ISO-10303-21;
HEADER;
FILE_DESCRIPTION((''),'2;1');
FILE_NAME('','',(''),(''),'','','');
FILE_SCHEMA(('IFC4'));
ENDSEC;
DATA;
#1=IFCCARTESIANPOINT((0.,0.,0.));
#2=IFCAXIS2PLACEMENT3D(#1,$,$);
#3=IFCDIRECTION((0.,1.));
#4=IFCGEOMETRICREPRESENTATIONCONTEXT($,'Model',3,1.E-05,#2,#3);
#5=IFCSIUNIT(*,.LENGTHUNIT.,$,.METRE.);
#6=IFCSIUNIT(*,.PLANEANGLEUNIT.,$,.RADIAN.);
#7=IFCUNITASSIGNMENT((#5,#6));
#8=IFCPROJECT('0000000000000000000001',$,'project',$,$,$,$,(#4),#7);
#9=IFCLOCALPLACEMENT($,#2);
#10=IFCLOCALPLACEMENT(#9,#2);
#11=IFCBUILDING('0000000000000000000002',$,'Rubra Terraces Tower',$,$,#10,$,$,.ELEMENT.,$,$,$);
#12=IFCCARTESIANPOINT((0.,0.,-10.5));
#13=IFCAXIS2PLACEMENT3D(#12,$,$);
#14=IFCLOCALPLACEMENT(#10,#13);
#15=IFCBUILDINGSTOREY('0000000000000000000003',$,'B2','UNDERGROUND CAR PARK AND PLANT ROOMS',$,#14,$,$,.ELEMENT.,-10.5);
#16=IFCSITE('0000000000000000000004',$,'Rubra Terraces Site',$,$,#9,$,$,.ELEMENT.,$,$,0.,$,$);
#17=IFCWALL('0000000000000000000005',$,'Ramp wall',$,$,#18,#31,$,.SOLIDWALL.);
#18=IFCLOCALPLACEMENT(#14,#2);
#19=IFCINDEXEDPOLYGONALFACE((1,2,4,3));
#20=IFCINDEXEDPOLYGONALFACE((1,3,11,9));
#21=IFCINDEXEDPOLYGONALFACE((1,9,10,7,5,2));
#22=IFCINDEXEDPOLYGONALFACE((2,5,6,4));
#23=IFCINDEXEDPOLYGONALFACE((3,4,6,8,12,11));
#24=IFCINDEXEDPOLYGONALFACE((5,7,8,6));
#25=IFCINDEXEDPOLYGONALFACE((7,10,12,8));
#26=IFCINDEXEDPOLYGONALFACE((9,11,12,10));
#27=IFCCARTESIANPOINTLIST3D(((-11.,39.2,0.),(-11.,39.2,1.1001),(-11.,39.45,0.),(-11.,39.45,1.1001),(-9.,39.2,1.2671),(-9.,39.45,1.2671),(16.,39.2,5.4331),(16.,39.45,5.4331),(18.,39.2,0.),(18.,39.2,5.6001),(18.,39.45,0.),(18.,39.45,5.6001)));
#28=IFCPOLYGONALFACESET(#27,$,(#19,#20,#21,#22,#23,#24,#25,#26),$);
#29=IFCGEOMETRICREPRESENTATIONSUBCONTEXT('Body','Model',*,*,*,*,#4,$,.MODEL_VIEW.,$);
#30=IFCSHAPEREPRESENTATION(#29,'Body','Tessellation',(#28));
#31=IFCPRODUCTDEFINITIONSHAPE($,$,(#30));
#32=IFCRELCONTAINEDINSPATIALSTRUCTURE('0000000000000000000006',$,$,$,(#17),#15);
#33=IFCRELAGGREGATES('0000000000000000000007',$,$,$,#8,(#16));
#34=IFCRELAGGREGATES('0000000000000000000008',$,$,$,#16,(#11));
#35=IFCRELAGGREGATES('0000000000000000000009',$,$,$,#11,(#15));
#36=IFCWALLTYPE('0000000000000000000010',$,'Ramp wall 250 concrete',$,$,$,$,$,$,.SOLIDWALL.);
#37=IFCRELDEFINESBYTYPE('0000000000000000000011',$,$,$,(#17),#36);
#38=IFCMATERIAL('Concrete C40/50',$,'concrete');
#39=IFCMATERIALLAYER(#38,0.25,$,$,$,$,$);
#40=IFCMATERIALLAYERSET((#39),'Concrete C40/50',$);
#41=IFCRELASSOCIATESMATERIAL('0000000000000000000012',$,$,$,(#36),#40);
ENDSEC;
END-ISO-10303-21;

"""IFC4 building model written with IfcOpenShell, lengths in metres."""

from ifc_helpers import new_model, si_unit, direction, frame, origin, place, context, subcontext, project, spatial, polyline, outline, extrude, material, layer, layer_set, type_object, element, save


model = new_model("IFC4")

# Units and contexts
model_context = context("Model", 3, precision=1e-05, world=origin(), true_north=direction((0.0, 1.0)))
body_context = subcontext(model_context, "Body", "Model", "MODEL_VIEW")
ifc_project = project(units=[si_unit("LENGTHUNIT", "METRE"), si_unit("PLANEANGLEUNIT", "RADIAN")], contexts=[model_context])

# Site, building, storey
site_placement = place(None, origin())
site = spatial("IfcSite", under=ifc_project, at=site_placement, Name="Rubra Terraces Site", CompositionType="ELEMENT", RefElevation=0.0)
building_placement = place(site_placement, origin())
building = spatial("IfcBuilding", under=site, at=building_placement, Name="Rubra Terraces Tower", CompositionType="ELEMENT")
storey_placement = place(building_placement, frame((0.0, 0.0, -10.5)))
storey = spatial("IfcBuildingStorey", under=building, at=storey_placement, Name="B2", Description="UNDERGROUND CAR PARK AND PLANT ROOMS", CompositionType="ELEMENT", Elevation=-10.5)

# Shared definitions
ifc_material_1 = material(Name="Concrete C40/50", Category="concrete")

# Wall
ifc_layer_1 = layer(ifc_material_1, 0.25)
ifc_layer_set_1 = layer_set([ifc_layer_1], Name="Concrete C40/50")
wall_type_1 = type_object("IfcWallType", Name="Ramp wall 250 concrete", PredefinedType="SOLIDWALL", material=ifc_layer_set_1)
for number, where, z_axis, x_axis, name in (
    (1, (-11.0, 39.325, 0.0), (0.0, 0.0, 1.0), (1.0, 0.0, 0.0), "Ramp wall"),
):
    element("IfcWall", number, at=place(storey_placement, frame(where, z_axis=z_axis, x_axis=x_axis)), inside=storey, type_object=wall_type_1, Name=name, PredefinedType="SOLIDWALL", context=body_context, shape_type="SweptSolid", body=[
        extrude(outline(polyline([(0.0, 0.0), (29.0, 0.0), (29.0, 5.6001), (27.0, 5.4331), (2.0, 1.2671), (0.0, 1.1001), (0.0, 0.0)])), frame((0.0, 0.125, 0.0), z_axis=(0.0, -1.0, 0.0), x_axis=(1.0, 0.0, 0.0)), (0.0, 0.0, 1.0), 0.25),
    ])

save(model, "model.ifc")
